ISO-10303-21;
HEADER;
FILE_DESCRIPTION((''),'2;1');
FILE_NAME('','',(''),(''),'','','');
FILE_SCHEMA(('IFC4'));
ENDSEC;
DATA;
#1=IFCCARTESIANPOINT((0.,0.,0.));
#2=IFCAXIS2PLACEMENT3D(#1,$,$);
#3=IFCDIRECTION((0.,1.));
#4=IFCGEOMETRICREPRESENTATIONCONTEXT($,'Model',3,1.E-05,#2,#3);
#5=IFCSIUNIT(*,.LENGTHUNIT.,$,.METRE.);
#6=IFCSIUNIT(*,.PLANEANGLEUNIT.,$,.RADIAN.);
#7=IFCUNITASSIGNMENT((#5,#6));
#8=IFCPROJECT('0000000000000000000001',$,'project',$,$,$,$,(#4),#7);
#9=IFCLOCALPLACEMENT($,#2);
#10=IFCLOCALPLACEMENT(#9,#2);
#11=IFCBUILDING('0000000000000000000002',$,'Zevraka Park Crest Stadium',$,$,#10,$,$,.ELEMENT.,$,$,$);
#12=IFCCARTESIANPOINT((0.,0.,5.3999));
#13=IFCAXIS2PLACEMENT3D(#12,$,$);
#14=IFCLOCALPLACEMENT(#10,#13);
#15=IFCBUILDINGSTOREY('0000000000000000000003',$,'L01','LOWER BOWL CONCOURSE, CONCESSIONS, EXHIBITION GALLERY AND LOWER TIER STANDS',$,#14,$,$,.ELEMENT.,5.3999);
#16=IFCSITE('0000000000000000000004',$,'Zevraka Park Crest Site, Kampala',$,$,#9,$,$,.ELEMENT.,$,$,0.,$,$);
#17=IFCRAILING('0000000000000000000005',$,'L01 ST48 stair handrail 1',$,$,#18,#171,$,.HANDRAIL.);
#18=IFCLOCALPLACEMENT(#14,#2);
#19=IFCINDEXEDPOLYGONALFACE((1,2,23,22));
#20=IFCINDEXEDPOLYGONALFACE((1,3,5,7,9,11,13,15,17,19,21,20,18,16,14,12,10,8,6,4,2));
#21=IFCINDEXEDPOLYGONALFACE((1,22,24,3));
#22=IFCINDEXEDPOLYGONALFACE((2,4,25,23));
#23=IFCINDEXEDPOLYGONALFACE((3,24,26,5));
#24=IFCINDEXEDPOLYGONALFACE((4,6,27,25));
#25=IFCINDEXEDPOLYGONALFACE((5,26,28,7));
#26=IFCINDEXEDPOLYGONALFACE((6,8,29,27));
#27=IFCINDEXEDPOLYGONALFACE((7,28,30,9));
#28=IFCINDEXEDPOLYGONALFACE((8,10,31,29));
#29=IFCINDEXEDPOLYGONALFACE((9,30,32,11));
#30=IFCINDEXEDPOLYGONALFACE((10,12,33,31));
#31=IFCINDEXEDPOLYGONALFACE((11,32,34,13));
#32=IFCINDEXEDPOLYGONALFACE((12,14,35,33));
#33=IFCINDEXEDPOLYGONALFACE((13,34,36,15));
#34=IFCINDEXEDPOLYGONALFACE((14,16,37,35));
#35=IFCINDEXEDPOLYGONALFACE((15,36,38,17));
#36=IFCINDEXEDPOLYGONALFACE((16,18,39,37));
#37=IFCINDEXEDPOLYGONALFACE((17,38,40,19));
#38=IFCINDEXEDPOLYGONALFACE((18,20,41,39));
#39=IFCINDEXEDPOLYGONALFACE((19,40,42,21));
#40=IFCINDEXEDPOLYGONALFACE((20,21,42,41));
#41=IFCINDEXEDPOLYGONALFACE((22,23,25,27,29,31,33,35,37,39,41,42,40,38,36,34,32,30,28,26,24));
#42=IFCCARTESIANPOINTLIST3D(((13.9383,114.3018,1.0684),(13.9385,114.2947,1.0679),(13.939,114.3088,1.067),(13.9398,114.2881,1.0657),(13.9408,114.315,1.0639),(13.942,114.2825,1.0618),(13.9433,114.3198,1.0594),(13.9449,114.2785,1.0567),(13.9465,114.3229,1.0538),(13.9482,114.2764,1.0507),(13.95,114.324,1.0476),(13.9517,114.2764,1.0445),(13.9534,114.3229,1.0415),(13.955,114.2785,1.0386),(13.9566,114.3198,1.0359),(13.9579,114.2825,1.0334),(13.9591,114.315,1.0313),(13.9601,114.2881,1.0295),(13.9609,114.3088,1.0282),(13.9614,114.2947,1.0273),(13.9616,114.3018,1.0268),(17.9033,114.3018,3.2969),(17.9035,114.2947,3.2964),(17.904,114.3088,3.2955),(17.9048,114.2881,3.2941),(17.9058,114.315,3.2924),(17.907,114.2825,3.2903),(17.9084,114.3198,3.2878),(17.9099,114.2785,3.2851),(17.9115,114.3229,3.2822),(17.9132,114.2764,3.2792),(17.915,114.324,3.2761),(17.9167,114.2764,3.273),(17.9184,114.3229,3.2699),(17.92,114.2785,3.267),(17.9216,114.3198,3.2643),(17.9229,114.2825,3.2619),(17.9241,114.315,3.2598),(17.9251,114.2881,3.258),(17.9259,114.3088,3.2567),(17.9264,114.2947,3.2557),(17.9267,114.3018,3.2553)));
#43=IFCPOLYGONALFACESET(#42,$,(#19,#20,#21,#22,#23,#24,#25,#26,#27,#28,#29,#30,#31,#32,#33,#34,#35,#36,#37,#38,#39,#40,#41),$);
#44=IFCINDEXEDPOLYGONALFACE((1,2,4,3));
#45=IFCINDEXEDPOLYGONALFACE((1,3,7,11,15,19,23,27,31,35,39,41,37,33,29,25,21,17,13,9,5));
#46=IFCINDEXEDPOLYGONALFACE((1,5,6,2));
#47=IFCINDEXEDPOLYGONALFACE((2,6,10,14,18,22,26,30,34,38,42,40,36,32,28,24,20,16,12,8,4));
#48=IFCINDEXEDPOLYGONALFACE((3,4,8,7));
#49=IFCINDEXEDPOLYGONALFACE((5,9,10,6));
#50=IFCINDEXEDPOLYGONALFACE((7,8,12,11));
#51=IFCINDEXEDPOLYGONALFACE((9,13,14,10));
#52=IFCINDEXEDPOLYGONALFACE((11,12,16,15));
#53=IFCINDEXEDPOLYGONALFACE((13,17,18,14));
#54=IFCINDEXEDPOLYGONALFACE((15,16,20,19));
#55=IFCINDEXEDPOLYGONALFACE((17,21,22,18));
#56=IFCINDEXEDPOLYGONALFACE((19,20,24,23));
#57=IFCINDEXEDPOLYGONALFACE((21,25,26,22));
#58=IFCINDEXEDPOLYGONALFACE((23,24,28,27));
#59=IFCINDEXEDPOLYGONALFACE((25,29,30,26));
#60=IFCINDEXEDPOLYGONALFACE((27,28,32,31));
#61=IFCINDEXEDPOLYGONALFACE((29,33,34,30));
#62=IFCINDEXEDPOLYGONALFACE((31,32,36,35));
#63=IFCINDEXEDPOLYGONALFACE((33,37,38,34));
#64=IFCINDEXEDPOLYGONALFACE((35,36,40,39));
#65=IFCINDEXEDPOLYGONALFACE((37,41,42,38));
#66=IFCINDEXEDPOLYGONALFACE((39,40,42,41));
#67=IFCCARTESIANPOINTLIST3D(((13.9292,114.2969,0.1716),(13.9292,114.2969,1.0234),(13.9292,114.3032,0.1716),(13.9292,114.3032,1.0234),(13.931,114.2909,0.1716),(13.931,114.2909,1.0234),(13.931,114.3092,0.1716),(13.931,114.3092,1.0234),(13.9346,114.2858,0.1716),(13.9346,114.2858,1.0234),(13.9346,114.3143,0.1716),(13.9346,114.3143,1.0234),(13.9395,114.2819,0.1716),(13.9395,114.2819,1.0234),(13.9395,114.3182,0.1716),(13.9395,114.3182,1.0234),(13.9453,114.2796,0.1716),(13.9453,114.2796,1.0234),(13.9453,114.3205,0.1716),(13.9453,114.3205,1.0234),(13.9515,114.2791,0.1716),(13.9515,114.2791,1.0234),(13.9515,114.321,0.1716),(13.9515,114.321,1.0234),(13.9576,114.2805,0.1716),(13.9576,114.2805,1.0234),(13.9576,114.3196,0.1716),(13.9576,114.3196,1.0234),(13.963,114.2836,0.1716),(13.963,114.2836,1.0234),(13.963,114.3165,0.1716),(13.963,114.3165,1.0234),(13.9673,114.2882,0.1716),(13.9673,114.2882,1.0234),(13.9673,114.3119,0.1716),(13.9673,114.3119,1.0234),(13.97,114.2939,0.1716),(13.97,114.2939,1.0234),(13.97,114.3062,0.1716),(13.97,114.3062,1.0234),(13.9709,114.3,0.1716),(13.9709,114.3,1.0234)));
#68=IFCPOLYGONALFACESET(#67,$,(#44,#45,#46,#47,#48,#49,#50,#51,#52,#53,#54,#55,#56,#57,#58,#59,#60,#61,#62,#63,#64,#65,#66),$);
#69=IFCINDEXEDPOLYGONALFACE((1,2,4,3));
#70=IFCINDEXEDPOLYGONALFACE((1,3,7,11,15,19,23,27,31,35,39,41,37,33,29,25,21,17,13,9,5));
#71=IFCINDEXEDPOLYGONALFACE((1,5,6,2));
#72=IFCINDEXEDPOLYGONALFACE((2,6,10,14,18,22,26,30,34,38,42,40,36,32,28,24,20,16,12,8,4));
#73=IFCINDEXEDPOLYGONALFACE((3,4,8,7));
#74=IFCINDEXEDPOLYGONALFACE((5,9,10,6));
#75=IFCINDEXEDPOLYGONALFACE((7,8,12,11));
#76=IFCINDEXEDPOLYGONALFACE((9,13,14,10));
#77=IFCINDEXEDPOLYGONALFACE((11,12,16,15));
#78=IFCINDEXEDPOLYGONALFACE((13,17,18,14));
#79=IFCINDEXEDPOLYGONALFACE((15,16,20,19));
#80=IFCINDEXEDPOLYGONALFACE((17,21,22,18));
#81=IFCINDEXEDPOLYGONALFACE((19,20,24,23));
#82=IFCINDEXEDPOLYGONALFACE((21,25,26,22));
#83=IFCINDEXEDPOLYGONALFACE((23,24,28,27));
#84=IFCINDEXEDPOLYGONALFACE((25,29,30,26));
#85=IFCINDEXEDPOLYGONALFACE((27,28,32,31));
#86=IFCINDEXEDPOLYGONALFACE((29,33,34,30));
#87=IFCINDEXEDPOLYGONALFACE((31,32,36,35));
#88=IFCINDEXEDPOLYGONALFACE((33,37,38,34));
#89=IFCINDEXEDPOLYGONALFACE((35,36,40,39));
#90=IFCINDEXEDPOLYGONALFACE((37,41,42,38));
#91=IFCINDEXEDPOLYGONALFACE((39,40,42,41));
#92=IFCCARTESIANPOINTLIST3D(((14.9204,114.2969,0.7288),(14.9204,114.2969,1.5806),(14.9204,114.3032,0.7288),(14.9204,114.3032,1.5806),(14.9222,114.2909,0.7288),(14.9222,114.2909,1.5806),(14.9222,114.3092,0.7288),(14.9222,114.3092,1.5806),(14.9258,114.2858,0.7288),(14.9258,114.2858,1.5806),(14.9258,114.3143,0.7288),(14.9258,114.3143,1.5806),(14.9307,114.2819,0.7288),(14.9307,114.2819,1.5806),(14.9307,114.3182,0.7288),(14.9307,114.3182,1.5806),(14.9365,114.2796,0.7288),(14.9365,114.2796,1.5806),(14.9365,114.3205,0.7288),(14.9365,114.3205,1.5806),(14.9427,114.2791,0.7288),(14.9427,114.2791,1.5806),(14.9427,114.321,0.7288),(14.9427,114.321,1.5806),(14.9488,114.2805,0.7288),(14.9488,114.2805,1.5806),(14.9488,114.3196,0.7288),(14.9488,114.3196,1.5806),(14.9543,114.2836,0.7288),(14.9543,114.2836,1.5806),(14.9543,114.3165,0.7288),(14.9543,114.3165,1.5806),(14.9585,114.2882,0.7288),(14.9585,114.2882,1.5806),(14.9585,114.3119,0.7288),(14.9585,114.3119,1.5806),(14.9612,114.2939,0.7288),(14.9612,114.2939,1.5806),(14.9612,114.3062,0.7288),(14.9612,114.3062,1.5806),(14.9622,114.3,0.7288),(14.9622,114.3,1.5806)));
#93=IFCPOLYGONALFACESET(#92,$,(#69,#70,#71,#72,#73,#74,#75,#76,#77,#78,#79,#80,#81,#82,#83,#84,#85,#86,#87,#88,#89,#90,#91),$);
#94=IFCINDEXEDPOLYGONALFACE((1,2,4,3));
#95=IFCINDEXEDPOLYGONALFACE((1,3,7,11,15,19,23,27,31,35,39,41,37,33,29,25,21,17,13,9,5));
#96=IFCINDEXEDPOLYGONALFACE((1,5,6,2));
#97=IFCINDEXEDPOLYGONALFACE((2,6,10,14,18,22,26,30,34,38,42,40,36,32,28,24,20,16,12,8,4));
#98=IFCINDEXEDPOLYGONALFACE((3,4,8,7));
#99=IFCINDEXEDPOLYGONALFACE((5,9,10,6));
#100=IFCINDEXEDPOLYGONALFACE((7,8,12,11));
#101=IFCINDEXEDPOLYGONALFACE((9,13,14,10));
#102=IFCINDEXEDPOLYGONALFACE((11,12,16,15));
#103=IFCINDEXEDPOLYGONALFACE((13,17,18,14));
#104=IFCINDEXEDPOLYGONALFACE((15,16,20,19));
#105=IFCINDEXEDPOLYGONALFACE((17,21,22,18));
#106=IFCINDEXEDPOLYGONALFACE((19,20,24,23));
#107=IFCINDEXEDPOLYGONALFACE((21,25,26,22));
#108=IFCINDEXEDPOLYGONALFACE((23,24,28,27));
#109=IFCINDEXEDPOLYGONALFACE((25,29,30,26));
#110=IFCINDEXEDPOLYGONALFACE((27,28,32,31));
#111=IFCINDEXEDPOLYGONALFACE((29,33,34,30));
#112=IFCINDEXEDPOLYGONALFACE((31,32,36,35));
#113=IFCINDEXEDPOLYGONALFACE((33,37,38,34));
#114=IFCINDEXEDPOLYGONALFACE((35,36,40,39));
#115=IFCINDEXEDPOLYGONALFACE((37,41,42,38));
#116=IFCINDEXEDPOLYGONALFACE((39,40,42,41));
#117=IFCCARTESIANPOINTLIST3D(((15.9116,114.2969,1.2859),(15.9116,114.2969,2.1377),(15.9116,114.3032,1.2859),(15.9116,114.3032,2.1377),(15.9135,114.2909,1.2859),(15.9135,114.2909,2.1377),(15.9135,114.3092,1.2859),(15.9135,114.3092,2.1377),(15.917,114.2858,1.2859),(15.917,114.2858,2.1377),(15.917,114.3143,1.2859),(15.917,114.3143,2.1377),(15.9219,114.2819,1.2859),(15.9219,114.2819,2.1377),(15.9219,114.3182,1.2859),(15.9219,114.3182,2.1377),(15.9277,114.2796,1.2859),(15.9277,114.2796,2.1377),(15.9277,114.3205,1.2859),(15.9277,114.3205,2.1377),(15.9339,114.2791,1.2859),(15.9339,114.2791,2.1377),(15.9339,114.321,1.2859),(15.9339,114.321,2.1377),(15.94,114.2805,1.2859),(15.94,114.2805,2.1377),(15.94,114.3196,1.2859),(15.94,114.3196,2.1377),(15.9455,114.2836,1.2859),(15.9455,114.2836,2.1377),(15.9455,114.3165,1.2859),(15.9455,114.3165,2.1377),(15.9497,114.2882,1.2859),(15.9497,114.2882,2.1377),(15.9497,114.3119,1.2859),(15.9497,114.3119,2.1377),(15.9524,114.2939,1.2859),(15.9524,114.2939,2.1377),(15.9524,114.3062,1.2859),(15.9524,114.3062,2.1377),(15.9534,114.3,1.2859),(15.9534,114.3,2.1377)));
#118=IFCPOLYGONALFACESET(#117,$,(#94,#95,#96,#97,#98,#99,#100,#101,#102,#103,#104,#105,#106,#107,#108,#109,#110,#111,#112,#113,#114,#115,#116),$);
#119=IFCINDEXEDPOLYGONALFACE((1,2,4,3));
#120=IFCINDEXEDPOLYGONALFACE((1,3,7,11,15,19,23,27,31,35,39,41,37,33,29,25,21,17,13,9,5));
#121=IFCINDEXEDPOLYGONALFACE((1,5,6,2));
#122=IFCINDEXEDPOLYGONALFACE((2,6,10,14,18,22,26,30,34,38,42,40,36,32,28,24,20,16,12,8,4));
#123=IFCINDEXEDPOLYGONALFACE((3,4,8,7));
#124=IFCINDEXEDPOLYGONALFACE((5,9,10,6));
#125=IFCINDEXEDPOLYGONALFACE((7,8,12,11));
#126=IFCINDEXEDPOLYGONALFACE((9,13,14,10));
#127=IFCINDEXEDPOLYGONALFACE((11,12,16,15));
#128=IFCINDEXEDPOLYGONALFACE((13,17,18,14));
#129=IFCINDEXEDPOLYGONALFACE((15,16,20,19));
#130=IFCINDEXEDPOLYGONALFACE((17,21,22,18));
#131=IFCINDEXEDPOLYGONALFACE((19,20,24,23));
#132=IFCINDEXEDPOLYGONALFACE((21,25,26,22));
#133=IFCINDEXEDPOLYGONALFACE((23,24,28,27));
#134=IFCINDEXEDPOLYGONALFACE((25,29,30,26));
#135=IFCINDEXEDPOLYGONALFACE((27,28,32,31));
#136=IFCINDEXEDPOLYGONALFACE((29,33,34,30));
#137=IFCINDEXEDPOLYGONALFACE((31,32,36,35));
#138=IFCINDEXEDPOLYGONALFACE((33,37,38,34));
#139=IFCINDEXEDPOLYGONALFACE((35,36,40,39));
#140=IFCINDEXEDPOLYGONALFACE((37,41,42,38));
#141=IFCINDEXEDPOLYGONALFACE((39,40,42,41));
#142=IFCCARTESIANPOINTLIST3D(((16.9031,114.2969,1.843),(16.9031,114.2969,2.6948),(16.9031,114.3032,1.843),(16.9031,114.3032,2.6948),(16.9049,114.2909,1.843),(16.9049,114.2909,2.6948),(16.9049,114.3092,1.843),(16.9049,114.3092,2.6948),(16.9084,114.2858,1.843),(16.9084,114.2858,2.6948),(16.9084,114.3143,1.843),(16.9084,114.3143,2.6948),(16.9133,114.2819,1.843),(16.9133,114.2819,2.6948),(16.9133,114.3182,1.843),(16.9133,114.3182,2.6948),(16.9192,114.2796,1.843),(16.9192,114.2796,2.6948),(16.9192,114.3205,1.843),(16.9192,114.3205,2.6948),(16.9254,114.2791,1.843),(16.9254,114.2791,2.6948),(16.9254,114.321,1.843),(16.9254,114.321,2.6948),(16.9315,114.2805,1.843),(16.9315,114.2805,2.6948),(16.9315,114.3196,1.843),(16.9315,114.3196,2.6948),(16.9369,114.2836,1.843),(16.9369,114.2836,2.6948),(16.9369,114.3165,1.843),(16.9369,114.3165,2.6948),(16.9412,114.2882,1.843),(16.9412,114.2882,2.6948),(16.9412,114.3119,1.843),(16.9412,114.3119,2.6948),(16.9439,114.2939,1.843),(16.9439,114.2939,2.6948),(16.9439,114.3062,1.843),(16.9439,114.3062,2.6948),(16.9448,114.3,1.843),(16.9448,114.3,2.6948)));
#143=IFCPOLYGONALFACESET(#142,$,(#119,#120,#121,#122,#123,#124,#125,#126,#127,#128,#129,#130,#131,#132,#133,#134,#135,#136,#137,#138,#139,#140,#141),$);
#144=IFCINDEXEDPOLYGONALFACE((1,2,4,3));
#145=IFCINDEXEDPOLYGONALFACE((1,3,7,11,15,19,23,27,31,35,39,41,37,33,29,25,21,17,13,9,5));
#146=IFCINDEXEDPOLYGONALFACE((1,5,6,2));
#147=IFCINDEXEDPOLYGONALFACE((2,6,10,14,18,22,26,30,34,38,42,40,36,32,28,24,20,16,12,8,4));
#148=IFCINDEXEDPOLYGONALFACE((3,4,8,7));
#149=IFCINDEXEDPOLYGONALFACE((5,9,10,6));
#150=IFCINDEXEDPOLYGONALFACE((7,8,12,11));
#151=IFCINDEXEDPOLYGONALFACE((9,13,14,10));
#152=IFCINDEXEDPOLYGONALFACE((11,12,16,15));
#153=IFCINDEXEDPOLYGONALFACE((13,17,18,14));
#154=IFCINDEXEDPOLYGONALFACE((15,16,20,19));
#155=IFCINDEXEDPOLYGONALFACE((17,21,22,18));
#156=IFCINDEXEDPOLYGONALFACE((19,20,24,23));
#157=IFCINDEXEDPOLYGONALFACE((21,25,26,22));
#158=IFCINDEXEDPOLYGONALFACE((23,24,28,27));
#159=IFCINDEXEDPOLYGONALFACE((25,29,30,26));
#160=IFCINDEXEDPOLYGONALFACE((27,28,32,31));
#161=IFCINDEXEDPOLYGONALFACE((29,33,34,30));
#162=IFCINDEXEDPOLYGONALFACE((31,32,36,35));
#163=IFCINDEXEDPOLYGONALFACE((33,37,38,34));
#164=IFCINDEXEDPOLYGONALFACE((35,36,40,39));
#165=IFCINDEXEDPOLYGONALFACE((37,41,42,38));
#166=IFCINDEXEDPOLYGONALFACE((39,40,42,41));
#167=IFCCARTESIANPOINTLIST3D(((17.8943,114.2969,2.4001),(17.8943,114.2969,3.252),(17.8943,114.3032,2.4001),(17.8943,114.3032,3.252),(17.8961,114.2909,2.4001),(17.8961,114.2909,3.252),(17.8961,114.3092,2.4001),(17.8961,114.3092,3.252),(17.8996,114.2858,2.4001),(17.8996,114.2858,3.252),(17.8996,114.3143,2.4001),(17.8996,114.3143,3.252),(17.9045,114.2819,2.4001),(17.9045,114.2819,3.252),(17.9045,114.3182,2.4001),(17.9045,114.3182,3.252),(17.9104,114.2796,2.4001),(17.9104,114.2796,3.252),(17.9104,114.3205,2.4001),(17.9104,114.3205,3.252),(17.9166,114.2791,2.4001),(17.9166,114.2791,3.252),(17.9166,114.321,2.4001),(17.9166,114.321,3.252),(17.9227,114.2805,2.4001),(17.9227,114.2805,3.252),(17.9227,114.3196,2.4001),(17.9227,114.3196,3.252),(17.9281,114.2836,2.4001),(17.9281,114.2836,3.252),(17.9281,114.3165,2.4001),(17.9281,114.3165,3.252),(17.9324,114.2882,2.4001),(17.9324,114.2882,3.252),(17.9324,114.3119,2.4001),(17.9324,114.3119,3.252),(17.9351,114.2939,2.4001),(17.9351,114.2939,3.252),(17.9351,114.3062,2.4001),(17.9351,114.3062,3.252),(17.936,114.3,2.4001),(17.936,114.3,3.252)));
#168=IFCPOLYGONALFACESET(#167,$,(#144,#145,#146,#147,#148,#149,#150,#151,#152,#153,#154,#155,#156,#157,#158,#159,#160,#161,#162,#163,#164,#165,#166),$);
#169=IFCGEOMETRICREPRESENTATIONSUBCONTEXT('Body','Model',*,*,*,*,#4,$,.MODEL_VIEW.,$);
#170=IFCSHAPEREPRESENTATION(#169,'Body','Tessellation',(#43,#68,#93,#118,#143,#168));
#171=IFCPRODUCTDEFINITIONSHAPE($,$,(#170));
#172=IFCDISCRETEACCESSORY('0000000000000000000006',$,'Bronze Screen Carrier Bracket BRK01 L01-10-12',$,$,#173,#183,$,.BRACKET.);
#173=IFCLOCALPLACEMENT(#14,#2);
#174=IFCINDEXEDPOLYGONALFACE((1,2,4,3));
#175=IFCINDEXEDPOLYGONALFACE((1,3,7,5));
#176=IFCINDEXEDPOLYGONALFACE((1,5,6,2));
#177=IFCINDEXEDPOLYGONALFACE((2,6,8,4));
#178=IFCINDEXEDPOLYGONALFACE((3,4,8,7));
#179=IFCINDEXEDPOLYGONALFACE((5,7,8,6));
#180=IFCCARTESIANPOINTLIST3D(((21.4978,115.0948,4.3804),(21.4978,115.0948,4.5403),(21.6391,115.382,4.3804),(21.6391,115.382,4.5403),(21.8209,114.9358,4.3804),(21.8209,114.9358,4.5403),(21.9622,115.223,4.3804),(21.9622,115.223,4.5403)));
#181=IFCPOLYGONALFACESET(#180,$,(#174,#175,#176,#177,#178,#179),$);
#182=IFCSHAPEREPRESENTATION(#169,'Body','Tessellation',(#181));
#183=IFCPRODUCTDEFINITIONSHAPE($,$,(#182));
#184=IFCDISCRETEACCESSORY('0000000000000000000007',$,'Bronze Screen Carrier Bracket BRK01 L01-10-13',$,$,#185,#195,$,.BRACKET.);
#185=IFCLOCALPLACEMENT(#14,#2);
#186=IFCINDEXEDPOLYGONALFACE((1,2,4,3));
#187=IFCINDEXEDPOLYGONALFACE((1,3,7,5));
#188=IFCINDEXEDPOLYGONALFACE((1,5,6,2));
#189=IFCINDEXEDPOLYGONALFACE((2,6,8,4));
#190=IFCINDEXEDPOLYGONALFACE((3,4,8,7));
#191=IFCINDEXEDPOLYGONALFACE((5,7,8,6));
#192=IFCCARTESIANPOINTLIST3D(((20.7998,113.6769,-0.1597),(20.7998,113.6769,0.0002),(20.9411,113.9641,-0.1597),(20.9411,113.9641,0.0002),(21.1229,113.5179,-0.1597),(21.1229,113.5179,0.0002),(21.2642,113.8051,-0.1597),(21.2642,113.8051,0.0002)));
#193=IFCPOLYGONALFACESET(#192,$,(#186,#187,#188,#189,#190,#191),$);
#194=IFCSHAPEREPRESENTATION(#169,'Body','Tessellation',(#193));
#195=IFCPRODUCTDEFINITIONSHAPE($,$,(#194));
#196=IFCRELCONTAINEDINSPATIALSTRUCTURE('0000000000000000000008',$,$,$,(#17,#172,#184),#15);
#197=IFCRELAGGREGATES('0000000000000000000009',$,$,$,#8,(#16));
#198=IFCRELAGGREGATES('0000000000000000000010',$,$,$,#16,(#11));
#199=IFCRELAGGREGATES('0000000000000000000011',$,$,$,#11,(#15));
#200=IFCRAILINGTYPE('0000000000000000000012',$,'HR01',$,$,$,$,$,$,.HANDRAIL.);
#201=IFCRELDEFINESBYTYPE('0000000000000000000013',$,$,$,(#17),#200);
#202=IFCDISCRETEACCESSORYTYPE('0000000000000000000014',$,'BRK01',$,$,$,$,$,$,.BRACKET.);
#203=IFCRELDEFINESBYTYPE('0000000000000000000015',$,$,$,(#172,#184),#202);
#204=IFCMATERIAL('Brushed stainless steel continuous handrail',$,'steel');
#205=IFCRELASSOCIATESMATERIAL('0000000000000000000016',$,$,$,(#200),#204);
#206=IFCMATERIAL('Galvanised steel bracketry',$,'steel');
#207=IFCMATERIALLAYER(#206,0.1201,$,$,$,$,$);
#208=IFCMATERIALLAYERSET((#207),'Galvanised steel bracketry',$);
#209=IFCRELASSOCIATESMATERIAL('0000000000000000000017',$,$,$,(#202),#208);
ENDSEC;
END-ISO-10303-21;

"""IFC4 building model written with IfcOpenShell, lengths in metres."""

from ifc_helpers import new_model, si_unit, direction, frame, origin, origin_2d, place, context, subcontext, project, spatial, rectangle, circle, extrude, material, layer, layer_set, type_object, element, save


model = new_model("IFC4")

# Units and contexts
model_context = context("Model", 3, precision=1e-05, world=origin(), true_north=direction((0.0, 1.0)))
body_context = subcontext(model_context, "Body", "Model", "MODEL_VIEW")
ifc_project = project(units=[si_unit("LENGTHUNIT", "METRE"), si_unit("PLANEANGLEUNIT", "RADIAN")], contexts=[model_context])

# Site, building, storey
site_placement = place(None, origin())
site = spatial("IfcSite", under=ifc_project, at=site_placement, Name="Zevraka Park Crest Site, Kampala", CompositionType="ELEMENT", RefElevation=0.0)
building_placement = place(site_placement, origin())
building = spatial("IfcBuilding", under=site, at=building_placement, Name="Zevraka Park Crest Stadium", CompositionType="ELEMENT")
storey_placement = place(building_placement, frame((0.0, 0.0, 5.3999)))
storey = spatial("IfcBuildingStorey", under=building, at=storey_placement, Name="L01", Description="LOWER BOWL CONCOURSE, CONCESSIONS, EXHIBITION GALLERY AND LOWER TIER STANDS", CompositionType="ELEMENT", Elevation=5.3999)

# Railing
ifc_material_1 = material(Name="Brushed stainless steel continuous handrail", Category="steel")
railing_type = type_object("IfcRailingType", Name="HR01", PredefinedType="HANDRAIL", material=ifc_material_1)
railing_placement = place(storey_placement, frame((13.95, 114.3, 0.1716)))
element("IfcRailing", 1, at=railing_placement, inside=storey, type_object=railing_type, Name="L01 ST48 stair handrail 1", PredefinedType="HANDRAIL", context=body_context, shape_type="SweptSolid", body=[
    extrude(circle(Radius=0.0239, at=origin_2d()), frame((0.0, 0.0, 0.876), z_axis=(0.871749, 0.0, 0.489953), x_axis=(0.0, 1.0, 0.0)), (0.0, 0.0, 1.0), 4.5483),
    extrude(circle(Radius=0.021, at=origin_2d()), origin(), (0.0, 0.0, 1.0), 0.8518),
    extrude(circle(Radius=0.021, at=origin_2d()), frame((0.9912, 0.0, 0.5571)), (0.0, 0.0, 1.0), 0.8518),
    extrude(circle(Radius=0.021, at=origin_2d()), frame((1.9824, 0.0, 1.1143)), (0.0, 0.0, 1.0), 0.8518),
    extrude(circle(Radius=0.021, at=origin_2d()), frame((2.9739, 0.0, 1.6714)), (0.0, 0.0, 1.0), 0.8518),
    extrude(circle(Radius=0.021, at=origin_2d()), frame((3.9651, 0.0, 2.2285)), (0.0, 0.0, 1.0), 0.8518),
])

# Discrete accessories
ifc_material_2 = material(Name="Galvanised steel bracketry", Category="steel")
ifc_layer_1 = layer(ifc_material_2, 0.1201)
ifc_layer_set_1 = layer_set([ifc_layer_1], Name="Galvanised steel bracketry")
discrete_accessory_type = type_object("IfcDiscreteAccessoryType", Name="BRK01", PredefinedType="BRACKET", material=ifc_layer_set_1)
for number, where, z_axis, x_axis, name in (
    (2, (21.73, 115.1589, 4.3804), (0.0, 0.0, 1.0), (-0.441506, -0.897258, 0.0), "Bronze Screen Carrier Bracket BRK01 L01-10-12"),
    (3, (21.032, 113.741, -0.1597), (0.0, 0.0, 1.0), (-0.441506, -0.897258, 0.0), "Bronze Screen Carrier Bracket BRK01 L01-10-13"),
):
    element("IfcDiscreteAccessory", number, at=place(storey_placement, frame(where, z_axis=z_axis, x_axis=x_axis)), inside=storey, type_object=discrete_accessory_type, Name=name, PredefinedType="BRACKET", context=body_context, shape_type="SweptSolid", body=[
        extrude(rectangle(XDim=0.3201, YDim=0.3601, at=origin_2d()), origin(), (0.0, 0.0, 1.0), 0.1599),
    ])

save(model, "model.ifc")
